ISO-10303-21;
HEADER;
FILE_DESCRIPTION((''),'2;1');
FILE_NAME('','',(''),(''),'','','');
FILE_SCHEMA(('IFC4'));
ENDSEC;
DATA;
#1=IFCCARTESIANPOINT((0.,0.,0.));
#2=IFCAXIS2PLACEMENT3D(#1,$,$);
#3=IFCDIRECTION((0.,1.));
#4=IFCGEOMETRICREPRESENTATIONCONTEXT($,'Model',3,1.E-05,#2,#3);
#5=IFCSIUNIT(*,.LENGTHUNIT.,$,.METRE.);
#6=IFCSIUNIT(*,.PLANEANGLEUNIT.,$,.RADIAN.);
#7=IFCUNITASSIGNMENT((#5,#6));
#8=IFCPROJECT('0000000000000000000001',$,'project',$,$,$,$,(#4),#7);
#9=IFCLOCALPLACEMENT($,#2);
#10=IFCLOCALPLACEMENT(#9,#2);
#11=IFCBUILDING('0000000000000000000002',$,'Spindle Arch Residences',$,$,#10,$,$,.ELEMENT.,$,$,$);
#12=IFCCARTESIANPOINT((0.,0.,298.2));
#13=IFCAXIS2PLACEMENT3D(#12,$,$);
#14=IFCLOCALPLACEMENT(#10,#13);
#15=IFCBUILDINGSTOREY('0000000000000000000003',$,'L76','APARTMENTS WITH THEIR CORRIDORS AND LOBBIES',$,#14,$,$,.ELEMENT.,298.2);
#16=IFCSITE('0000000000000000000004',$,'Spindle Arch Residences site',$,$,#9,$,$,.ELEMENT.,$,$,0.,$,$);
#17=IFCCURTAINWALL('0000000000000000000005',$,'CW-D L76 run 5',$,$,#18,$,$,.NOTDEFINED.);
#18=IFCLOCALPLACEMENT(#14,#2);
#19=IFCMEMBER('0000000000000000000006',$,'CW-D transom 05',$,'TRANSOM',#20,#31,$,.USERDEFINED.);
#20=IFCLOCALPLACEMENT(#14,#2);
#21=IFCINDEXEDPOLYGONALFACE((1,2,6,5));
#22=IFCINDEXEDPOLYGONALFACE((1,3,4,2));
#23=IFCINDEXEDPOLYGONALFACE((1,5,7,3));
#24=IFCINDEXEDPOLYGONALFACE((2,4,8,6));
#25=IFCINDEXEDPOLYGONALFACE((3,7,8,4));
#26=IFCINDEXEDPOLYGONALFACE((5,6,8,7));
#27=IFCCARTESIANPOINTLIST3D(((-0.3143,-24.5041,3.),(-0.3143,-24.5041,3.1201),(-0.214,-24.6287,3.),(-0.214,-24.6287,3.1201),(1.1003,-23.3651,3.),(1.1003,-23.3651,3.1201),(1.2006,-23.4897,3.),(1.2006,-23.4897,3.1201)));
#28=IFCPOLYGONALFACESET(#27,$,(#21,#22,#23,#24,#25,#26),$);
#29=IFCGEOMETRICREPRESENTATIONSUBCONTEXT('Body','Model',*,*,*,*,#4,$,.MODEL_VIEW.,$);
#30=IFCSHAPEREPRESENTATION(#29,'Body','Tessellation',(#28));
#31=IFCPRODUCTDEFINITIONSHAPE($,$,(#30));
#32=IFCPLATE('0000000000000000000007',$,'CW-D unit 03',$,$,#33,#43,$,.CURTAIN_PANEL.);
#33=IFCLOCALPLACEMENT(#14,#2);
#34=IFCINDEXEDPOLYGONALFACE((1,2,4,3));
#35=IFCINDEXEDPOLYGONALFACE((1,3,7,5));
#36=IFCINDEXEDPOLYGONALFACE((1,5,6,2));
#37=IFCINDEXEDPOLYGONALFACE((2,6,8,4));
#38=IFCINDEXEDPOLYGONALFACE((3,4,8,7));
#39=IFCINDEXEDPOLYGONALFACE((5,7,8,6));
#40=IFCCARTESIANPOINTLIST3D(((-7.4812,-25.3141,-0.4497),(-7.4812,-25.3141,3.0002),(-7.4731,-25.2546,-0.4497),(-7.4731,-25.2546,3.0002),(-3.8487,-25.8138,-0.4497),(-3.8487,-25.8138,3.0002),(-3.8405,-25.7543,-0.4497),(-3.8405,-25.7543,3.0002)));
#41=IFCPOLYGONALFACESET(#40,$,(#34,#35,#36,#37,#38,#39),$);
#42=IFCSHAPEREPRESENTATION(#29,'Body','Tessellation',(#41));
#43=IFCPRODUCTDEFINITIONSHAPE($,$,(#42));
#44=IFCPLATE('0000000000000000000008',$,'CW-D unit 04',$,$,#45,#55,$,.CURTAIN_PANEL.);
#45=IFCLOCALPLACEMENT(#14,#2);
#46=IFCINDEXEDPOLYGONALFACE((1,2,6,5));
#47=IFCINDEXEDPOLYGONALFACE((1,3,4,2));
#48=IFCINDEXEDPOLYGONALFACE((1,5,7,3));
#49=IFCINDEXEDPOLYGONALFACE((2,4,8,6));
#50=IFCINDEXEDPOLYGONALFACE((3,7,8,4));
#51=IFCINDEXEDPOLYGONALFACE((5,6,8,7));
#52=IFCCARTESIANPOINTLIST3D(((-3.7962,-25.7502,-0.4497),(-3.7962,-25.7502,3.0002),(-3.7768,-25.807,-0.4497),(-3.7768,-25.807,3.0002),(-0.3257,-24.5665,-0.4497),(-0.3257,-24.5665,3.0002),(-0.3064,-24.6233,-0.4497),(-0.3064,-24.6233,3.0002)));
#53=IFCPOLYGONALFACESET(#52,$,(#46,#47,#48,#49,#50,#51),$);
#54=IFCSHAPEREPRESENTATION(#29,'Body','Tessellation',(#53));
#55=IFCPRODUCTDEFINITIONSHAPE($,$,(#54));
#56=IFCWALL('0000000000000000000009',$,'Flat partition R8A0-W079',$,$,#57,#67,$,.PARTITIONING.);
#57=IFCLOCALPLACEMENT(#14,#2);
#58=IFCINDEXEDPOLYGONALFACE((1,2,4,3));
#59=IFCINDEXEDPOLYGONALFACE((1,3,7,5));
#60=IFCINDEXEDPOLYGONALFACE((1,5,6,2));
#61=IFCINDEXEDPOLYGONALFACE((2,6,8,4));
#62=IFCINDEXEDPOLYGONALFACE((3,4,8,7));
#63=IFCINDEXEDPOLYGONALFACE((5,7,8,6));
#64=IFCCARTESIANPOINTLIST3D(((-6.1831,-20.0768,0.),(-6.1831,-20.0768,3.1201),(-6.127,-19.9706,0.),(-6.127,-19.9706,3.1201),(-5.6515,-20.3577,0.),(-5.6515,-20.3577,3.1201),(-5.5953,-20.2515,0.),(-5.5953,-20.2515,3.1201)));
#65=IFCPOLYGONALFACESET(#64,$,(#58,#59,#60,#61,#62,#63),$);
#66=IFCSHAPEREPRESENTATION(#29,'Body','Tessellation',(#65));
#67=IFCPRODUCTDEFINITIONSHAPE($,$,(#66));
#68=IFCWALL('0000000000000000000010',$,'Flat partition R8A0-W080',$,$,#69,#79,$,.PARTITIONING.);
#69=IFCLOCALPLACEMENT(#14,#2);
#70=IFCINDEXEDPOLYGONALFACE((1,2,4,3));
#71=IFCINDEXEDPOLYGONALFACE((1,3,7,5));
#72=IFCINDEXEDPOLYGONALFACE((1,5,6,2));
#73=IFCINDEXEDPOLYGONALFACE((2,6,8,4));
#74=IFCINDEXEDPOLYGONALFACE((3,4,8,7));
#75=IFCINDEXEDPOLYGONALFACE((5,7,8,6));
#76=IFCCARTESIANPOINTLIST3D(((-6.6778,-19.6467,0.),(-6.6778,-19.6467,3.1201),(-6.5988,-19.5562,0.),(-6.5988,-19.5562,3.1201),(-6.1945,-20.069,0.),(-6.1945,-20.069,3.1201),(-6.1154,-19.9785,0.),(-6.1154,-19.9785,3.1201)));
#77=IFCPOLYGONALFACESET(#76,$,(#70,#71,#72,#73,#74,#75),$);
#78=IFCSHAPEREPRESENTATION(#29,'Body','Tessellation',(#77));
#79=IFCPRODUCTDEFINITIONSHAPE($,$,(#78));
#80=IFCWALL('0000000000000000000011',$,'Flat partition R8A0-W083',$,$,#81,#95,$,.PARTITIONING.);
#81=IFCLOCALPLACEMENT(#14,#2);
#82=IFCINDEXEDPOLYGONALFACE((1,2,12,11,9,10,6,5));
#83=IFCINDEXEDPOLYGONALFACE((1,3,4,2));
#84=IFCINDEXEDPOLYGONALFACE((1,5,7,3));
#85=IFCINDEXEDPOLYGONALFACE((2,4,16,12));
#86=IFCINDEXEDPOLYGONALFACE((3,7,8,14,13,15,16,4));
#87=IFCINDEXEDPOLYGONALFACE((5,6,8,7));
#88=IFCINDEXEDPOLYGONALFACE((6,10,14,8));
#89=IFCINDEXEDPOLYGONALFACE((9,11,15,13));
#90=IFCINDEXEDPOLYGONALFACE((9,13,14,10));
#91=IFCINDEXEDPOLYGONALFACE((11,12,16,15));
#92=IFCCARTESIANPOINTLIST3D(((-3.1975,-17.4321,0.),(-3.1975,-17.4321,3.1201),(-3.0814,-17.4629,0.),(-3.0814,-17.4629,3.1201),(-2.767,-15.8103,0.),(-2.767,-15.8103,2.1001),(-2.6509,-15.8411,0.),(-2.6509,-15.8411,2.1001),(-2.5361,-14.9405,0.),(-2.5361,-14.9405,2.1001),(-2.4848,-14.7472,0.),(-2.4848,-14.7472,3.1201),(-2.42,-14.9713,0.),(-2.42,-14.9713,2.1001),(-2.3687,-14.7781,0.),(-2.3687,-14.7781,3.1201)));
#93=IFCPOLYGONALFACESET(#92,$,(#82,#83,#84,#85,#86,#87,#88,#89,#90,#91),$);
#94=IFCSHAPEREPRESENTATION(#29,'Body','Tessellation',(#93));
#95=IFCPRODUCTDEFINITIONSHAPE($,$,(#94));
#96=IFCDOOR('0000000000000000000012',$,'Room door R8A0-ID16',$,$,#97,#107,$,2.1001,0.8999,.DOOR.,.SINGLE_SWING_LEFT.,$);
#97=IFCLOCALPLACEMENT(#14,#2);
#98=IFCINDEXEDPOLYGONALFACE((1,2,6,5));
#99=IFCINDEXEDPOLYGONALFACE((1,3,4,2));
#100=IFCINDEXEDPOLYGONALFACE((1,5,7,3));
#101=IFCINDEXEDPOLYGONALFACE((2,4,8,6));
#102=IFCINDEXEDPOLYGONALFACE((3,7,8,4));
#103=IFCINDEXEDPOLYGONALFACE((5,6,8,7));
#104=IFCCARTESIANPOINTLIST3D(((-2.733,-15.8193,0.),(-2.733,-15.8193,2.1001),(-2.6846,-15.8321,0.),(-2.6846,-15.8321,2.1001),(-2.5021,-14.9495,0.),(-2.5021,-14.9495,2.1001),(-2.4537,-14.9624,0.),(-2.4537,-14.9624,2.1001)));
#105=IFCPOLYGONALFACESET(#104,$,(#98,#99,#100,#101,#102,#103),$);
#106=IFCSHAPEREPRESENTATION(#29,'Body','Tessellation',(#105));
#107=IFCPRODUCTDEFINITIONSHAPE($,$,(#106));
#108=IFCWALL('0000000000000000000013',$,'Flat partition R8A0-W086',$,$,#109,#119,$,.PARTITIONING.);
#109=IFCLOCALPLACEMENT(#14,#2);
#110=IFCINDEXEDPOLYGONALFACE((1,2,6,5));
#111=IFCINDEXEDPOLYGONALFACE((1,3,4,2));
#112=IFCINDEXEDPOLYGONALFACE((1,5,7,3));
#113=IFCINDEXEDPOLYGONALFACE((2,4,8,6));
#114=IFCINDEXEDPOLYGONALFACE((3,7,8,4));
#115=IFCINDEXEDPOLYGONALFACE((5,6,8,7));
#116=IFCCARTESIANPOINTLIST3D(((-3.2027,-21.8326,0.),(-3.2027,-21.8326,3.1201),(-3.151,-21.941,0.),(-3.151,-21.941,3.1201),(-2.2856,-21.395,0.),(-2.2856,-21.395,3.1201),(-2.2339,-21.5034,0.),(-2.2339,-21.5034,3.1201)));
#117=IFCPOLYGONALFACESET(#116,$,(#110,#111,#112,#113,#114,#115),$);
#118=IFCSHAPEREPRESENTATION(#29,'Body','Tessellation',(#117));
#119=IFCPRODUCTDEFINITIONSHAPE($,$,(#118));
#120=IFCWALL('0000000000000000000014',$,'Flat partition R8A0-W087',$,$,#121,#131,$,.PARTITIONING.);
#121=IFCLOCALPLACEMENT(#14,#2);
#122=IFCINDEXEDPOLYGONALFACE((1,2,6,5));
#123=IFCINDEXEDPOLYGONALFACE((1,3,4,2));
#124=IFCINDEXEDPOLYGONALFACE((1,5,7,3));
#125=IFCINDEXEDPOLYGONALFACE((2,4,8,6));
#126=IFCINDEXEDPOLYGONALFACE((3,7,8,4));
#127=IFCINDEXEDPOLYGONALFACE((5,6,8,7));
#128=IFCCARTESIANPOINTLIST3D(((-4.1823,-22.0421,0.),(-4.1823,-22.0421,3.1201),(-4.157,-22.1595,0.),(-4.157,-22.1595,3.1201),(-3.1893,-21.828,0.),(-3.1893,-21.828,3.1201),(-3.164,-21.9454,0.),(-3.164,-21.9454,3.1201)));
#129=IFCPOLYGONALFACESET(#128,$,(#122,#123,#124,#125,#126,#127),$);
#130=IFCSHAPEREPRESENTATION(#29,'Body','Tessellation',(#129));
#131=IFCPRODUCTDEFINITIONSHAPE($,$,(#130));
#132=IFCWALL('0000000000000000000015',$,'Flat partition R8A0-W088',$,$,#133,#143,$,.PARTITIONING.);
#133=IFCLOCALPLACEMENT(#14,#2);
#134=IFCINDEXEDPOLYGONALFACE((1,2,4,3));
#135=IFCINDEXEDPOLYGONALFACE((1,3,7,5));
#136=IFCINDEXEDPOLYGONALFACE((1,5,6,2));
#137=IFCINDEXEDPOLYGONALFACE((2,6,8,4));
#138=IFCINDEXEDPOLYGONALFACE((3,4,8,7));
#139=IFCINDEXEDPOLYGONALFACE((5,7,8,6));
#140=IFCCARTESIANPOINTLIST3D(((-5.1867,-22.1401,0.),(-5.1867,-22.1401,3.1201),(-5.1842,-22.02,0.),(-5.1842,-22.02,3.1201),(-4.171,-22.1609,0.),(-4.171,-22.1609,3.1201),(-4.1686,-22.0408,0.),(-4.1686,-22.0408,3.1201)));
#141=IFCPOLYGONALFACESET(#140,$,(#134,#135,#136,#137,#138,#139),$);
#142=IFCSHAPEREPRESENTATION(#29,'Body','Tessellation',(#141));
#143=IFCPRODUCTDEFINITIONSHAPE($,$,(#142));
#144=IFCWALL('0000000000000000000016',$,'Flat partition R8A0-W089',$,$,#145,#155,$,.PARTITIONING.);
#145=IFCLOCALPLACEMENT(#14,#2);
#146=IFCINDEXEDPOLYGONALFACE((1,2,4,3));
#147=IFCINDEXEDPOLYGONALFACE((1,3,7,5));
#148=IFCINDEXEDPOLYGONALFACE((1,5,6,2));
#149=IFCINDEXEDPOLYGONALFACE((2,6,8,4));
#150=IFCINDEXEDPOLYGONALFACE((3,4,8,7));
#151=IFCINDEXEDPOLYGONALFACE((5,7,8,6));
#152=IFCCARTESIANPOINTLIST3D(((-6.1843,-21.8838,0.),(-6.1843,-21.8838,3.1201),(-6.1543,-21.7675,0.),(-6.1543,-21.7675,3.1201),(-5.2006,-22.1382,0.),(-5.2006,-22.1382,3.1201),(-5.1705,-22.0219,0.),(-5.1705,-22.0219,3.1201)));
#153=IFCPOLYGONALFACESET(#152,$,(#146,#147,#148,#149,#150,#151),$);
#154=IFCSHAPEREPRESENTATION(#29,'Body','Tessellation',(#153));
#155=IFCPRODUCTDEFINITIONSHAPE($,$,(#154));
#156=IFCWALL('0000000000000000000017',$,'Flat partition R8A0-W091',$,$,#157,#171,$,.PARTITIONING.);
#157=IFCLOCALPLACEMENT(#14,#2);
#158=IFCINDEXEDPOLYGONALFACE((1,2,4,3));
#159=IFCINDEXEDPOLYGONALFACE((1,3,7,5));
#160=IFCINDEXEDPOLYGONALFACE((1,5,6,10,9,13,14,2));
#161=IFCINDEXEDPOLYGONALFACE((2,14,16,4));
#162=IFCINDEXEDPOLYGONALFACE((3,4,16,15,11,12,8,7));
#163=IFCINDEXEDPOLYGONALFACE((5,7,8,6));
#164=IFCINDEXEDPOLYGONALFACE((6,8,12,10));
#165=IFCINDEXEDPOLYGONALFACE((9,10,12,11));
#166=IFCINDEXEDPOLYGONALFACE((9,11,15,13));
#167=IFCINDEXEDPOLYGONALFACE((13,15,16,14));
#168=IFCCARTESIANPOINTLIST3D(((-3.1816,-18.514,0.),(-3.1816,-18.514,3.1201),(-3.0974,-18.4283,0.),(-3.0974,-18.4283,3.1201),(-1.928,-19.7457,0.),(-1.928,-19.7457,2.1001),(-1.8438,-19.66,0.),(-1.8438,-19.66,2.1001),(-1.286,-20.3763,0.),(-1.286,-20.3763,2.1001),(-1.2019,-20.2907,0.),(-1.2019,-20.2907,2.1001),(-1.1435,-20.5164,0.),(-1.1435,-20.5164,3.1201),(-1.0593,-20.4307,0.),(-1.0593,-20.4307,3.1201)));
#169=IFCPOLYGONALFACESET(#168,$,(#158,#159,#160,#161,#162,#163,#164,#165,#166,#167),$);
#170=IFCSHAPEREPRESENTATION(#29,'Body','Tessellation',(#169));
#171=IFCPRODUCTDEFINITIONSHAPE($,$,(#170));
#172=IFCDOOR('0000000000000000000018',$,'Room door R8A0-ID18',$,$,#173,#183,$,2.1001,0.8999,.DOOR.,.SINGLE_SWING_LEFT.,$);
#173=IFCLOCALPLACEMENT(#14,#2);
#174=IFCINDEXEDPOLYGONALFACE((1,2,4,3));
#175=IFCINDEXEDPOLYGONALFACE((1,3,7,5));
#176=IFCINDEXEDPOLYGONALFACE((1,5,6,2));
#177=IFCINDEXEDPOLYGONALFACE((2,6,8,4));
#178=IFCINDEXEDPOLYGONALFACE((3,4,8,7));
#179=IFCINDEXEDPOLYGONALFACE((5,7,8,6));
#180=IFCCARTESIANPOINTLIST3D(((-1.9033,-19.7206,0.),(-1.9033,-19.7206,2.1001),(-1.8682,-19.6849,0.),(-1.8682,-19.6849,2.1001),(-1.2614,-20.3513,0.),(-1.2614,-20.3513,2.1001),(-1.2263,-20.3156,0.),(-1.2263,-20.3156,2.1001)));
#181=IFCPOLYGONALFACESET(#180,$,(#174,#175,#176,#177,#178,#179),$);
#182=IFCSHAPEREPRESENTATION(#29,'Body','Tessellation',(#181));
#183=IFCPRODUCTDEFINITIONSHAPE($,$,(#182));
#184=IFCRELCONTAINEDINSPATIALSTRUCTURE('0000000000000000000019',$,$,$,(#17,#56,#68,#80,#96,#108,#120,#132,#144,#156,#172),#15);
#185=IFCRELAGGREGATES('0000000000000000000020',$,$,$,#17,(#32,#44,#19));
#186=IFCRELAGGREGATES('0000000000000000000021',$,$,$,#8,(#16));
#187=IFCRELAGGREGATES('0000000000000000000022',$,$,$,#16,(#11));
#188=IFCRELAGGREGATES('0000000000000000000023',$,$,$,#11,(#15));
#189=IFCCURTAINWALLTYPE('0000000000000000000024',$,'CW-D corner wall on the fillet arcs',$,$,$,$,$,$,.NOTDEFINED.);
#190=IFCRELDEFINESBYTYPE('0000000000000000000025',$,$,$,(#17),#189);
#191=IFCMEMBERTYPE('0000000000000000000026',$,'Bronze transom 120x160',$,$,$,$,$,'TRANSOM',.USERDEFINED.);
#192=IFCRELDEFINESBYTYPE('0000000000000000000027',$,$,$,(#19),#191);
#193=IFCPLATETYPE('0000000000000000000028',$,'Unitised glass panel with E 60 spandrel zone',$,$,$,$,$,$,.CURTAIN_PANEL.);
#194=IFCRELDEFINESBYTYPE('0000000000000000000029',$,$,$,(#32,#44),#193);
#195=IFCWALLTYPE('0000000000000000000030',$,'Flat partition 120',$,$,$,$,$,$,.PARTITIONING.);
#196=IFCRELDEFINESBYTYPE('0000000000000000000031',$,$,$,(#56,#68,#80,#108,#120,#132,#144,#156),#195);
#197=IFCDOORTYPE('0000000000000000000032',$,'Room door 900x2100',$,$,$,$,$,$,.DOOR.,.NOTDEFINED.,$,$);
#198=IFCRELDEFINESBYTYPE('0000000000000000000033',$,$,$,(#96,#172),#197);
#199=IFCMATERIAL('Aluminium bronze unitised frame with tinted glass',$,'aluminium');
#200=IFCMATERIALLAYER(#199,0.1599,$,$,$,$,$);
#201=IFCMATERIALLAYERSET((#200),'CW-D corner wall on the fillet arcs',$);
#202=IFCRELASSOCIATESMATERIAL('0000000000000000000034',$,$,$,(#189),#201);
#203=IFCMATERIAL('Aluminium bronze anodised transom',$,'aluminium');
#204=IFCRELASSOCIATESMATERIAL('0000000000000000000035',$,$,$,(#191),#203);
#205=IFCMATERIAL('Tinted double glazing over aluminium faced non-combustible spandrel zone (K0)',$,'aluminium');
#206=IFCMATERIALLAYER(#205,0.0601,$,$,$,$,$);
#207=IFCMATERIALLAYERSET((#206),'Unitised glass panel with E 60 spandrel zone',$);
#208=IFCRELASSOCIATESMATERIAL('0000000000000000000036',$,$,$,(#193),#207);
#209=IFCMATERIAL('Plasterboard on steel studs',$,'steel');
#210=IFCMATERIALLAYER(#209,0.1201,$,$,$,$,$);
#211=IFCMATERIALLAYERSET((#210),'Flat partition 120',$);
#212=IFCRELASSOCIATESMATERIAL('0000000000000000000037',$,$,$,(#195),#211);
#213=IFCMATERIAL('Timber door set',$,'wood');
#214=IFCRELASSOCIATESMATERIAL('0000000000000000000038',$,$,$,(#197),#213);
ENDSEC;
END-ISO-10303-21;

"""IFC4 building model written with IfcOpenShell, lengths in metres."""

from ifc_helpers import new_model, si_unit, direction, frame, frame_2d, origin, origin_2d, place, context, subcontext, project, spatial, rectangle, extrude, material, layer, layer_set, material_profile, profile_set, type_object, element, fill, aggregate, save


model = new_model("IFC4")

# Units and contexts
model_context = context("Model", 3, precision=1e-05, world=origin(), true_north=direction((0.0, 1.0)))
body_context = subcontext(model_context, "Body", "Model", "MODEL_VIEW")
ifc_project = project(units=[si_unit("LENGTHUNIT", "METRE"), si_unit("PLANEANGLEUNIT", "RADIAN")], contexts=[model_context])

# Site, building, storey
site_placement = place(None, origin())
site = spatial("IfcSite", under=ifc_project, at=site_placement, Name="Spindle Arch Residences site", CompositionType="ELEMENT", RefElevation=0.0)
building_placement = place(site_placement, origin())
building = spatial("IfcBuilding", under=site, at=building_placement, Name="Spindle Arch Residences", CompositionType="ELEMENT")
storey_placement = place(building_placement, frame((0.0, 0.0, 298.2)))
storey = spatial("IfcBuildingStorey", under=building, at=storey_placement, Name="L76", Description="APARTMENTS WITH THEIR CORRIDORS AND LOBBIES", CompositionType="ELEMENT", Elevation=298.2)

# Curtain wall, member, plates
ifc_material_1 = material(Name="Aluminium bronze unitised frame with tinted glass", Category="aluminium")
ifc_layer_1 = layer(ifc_material_1, 0.1599)
ifc_layer_set_1 = layer_set([ifc_layer_1], Name="CW-D corner wall on the fillet arcs")
curtain_wall_type = type_object("IfcCurtainWallType", Name="CW-D corner wall on the fillet arcs", PredefinedType="NOTDEFINED", material=ifc_layer_set_1)
curtain_wall_placement = place(storey_placement, origin())
curtain_wall = element("IfcCurtainWall", 1, at=curtain_wall_placement, inside=storey, type_object=curtain_wall_type, Name="CW-D L76 run 5", PredefinedType="NOTDEFINED")
ifc_material_2 = material(Name="Aluminium bronze anodised transom", Category="aluminium")
ifc_material_profile_1 = material_profile(ifc_material_2, rectangle(XDim=0.1599, YDim=0.1201, at=origin_2d()), Name="TR 120x160")
ifc_profile_set_1 = profile_set([ifc_material_profile_1], Name="Aluminium bronze anodised transom")
member_type_1 = type_object("IfcMemberType", Name="Bronze transom 120x160", ElementType="TRANSOM", PredefinedType="USERDEFINED", material=ifc_profile_set_1)
member_1_placement = place(storey_placement, frame((-0.2642, -24.5664, 3.0601), z_axis=(0.778911, 0.627135, 0.0), x_axis=(-0.627135, 0.778911, 0.0)))
member_1 = element("IfcMember", 2, at=member_1_placement, type_object=member_type_1, Name="CW-D transom 05", ObjectType="TRANSOM", PredefinedType="USERDEFINED", context=body_context, shape_type="SweptSolid", body=[
    extrude(rectangle(XDim=0.1599, YDim=0.1201, at=origin_2d()), origin(), (0.0, 0.0, 1.0), 1.8162),
])
ifc_material_3 = material(Name="Tinted double glazing over aluminium faced non-combustible spandrel zone (K0)", Category="aluminium")
ifc_layer_2 = layer(ifc_material_3, 0.0601)
ifc_layer_set_2 = layer_set([ifc_layer_2], Name="Unitised glass panel with E 60 spandrel zone")
plate_type = type_object("IfcPlateType", Name="Unitised glass panel with E 60 spandrel zone", PredefinedType="CURTAIN_PANEL", material=ifc_layer_set_2)
plate_1_placement = place(storey_placement, frame((-5.6609, -25.5342, -0.4497), z_axis=(0.0, 0.0, 1.0), x_axis=(0.990669, -0.136292, 0.0)))
plate_1 = element("IfcPlate", 3, at=plate_1_placement, type_object=plate_type, Name="CW-D unit 03", PredefinedType="CURTAIN_PANEL", context=body_context, shape_type="SweptSolid", body=[
    extrude(rectangle(XDim=3.6667, YDim=0.0601, at=origin_2d()), origin(), (0.0, 0.0, 1.0), 3.45),
])
plate_2_placement = place(storey_placement, frame((-2.0513, -25.1868, -0.4497), z_axis=(0.0, 0.0, 1.0), x_axis=(0.946462, 0.322816, 0.0)))
plate_2 = element("IfcPlate", 4, at=plate_2_placement, type_object=plate_type, Name="CW-D unit 04", PredefinedType="CURTAIN_PANEL", context=body_context, shape_type="SweptSolid", body=[
    extrude(rectangle(XDim=3.6667, YDim=0.0601, at=origin_2d()), origin(), (0.0, 0.0, 1.0), 3.45),
])
aggregate(curtain_wall, [plate_1, plate_2, member_1])

# Walls
ifc_material_4 = material(Name="Plasterboard on steel studs", Category="steel")
ifc_layer_3 = layer(ifc_material_4, 0.1201)
ifc_layer_set_3 = layer_set([ifc_layer_3], Name="Flat partition 120")
wall_type_1 = type_object("IfcWallType", Name="Flat partition 120", PredefinedType="PARTITIONING", material=ifc_layer_set_3)
wall_1_placement = place(storey_placement, frame((-5.6233, -20.3047, 0.0), z_axis=(0.0, 0.0, 1.0), x_axis=(-0.884133, 0.467235, 0.0)))
element("IfcWall", 5, at=wall_1_placement, inside=storey, type_object=wall_type_1, Name="Flat partition R8A0-W079", PredefinedType="PARTITIONING", context=body_context, shape_type="SweptSolid", body=[
    extrude(rectangle(XDim=0.6013, YDim=0.1201, at=frame_2d((0.3008, 0.0))), origin(), (0.0, 0.0, 1.0), 3.1201),
])
wall_2_placement = place(storey_placement, frame((-6.155, -20.0237, 0.0), z_axis=(0.0, 0.0, 1.0), x_axis=(-0.753048, 0.657966, 0.0)))
element("IfcWall", 6, at=wall_2_placement, inside=storey, type_object=wall_type_1, Name="Flat partition R8A0-W080", PredefinedType="PARTITIONING", context=body_context, shape_type="SweptSolid", body=[
    extrude(rectangle(XDim=0.6418, YDim=0.1201, at=frame_2d((0.3208, 0.0))), origin(), (0.0, 0.0, 1.0), 3.1201),
])

# Wall, opening, door
wall_3_placement = place(storey_placement, frame((-3.1394, -17.4475, 0.0), z_axis=(0.0, 0.0, 1.0), x_axis=(0.256552, 0.96653, 0.0)))
wall_3 = element("IfcWall", 7, at=wall_3_placement, inside=storey, type_object=wall_type_1, Name="Flat partition R8A0-W083", PredefinedType="PARTITIONING", context=body_context, shape_type="SweptSolid", body=[
    extrude(rectangle(XDim=2.7778, YDim=0.1201, at=frame_2d((1.3889, 0.0))), origin(), (0.0, 0.0, 1.0), 3.1201),
])
opening_1_placement = place(wall_3_placement, frame((1.678, 0.0, 0.0)))
opening_1 = element("IfcOpeningElement", 8, at=opening_1_placement, cuts=wall_3, PredefinedType="OPENING", context=body_context, shape_type="SweptSolid", body=[
    extrude(rectangle(XDim=0.8999, YDim=2.1001, at=frame_2d((0.45, 1.05))), frame((0.0, 0.0701, 0.0), z_axis=(0.0, -1.0, 0.0), x_axis=(1.0, 0.0, 0.0)), (0.0, 0.0, 1.0), 0.1401),
])
ifc_material_5 = material(Name="Timber door set", Category="wood")
door_type = type_object("IfcDoorType", Name="Room door 900x2100", OperationType="NOTDEFINED", PredefinedType="DOOR", material=ifc_material_5)
door_1_placement = place(opening_1_placement, origin())
door_1 = element("IfcDoor", 9, at=door_1_placement, inside=storey, type_object=door_type, Name="Room door R8A0-ID16", OperationType="SINGLE_SWING_LEFT", OverallHeight=2.1001, OverallWidth=0.8999, PredefinedType="DOOR", context=body_context, shape_type="SweptSolid", body=[
    extrude(rectangle(XDim=0.8999, YDim=2.1001, at=frame_2d((0.45, 1.05))), frame((0.0, 0.0249, 0.0), z_axis=(0.0, -1.0, 0.0), x_axis=(1.0, 0.0, 0.0)), (0.0, 0.0, 1.0), 0.05),
])
fill(opening_1, door_1)

# Walls
wall_4_placement = place(storey_placement, frame((-2.2598, -21.4492, 0.0), z_axis=(0.0, 0.0, 1.0), x_axis=(-0.90254, -0.430605, 0.0)))
element("IfcWall", 10, at=wall_4_placement, inside=storey, type_object=wall_type_1, Name="Flat partition R8A0-W086", PredefinedType="PARTITIONING", context=body_context, shape_type="SweptSolid", body=[
    extrude(rectangle(XDim=1.0161, YDim=0.1201, at=frame_2d((0.5081, 0.0))), origin(), (0.0, 0.0, 1.0), 3.1201),
])
for number, where, z_axis, x_axis, name in (
    (11, (-3.1768, -21.8867, 0.0), (0.0, 0.0, 1.0), (-0.977541, -0.210743, 0.0), "Flat partition R8A0-W087"),
    (12, (-4.1699, -22.1008, 0.0), (0.0, 0.0, 1.0), (-0.999791, 0.020428, 0.0), "Flat partition R8A0-W088"),
):
    element("IfcWall", number, at=place(storey_placement, frame(where, z_axis=z_axis, x_axis=x_axis)), inside=storey, type_object=wall_type_1, Name=name, PredefinedType="PARTITIONING", context=body_context, shape_type="SweptSolid", body=[
        extrude(rectangle(XDim=1.0159, YDim=0.1201, at=frame_2d((0.5078, 0.0))), origin(), (0.0, 0.0, 1.0), 3.1201),
    ])
wall_5_placement = place(storey_placement, frame((-5.1855, -22.0801, 0.0), z_axis=(0.0, 0.0, 1.0), x_axis=(-0.968146, 0.250387, 0.0)))
element("IfcWall", 13, at=wall_5_placement, inside=storey, type_object=wall_type_1, Name="Flat partition R8A0-W089", PredefinedType="PARTITIONING", context=body_context, shape_type="SweptSolid", body=[
    extrude(rectangle(XDim=1.0161, YDim=0.1201, at=frame_2d((0.5081, 0.0))), origin(), (0.0, 0.0, 1.0), 3.1201),
])

# Wall, opening, door
wall_6_placement = place(storey_placement, frame((-1.1013, -20.4736, 0.0), z_axis=(0.0, 0.0, 1.0), x_axis=(-0.713317, 0.700842, 0.0)))
wall_6 = element("IfcWall", 14, at=wall_6_placement, inside=storey, type_object=wall_type_1, Name="Flat partition R8A0-W091", PredefinedType="PARTITIONING", context=body_context, shape_type="SweptSolid", body=[
    extrude(rectangle(XDim=2.8572, YDim=0.1201, at=frame_2d((1.4287, 0.0))), origin(), (0.0, 0.0, 1.0), 3.1201),
])
opening_2_placement = place(wall_6_placement, frame((0.2, 0.0, 0.0)))
opening_2 = element("IfcOpeningElement", 15, at=opening_2_placement, cuts=wall_6, PredefinedType="OPENING", context=body_context, shape_type="SweptSolid", body=[
    extrude(rectangle(XDim=0.8999, YDim=2.1001, at=frame_2d((0.45, 1.05))), frame((0.0, 0.0701, 0.0), z_axis=(0.0, -1.0, 0.0), x_axis=(1.0, 0.0, 0.0)), (0.0, 0.0, 1.0), 0.1401),
])
door_2_placement = place(opening_2_placement, origin())
door_2 = element("IfcDoor", 16, at=door_2_placement, inside=storey, type_object=door_type, Name="Room door R8A0-ID18", OperationType="SINGLE_SWING_LEFT", OverallHeight=2.1001, OverallWidth=0.8999, PredefinedType="DOOR", context=body_context, shape_type="SweptSolid", body=[
    extrude(rectangle(XDim=0.8999, YDim=2.1001, at=frame_2d((0.45, 1.05))), frame((0.0, 0.0249, 0.0), z_axis=(0.0, -1.0, 0.0), x_axis=(1.0, 0.0, 0.0)), (0.0, 0.0, 1.0), 0.05),
])
fill(opening_2, door_2)

save(model, "model.ifc")
